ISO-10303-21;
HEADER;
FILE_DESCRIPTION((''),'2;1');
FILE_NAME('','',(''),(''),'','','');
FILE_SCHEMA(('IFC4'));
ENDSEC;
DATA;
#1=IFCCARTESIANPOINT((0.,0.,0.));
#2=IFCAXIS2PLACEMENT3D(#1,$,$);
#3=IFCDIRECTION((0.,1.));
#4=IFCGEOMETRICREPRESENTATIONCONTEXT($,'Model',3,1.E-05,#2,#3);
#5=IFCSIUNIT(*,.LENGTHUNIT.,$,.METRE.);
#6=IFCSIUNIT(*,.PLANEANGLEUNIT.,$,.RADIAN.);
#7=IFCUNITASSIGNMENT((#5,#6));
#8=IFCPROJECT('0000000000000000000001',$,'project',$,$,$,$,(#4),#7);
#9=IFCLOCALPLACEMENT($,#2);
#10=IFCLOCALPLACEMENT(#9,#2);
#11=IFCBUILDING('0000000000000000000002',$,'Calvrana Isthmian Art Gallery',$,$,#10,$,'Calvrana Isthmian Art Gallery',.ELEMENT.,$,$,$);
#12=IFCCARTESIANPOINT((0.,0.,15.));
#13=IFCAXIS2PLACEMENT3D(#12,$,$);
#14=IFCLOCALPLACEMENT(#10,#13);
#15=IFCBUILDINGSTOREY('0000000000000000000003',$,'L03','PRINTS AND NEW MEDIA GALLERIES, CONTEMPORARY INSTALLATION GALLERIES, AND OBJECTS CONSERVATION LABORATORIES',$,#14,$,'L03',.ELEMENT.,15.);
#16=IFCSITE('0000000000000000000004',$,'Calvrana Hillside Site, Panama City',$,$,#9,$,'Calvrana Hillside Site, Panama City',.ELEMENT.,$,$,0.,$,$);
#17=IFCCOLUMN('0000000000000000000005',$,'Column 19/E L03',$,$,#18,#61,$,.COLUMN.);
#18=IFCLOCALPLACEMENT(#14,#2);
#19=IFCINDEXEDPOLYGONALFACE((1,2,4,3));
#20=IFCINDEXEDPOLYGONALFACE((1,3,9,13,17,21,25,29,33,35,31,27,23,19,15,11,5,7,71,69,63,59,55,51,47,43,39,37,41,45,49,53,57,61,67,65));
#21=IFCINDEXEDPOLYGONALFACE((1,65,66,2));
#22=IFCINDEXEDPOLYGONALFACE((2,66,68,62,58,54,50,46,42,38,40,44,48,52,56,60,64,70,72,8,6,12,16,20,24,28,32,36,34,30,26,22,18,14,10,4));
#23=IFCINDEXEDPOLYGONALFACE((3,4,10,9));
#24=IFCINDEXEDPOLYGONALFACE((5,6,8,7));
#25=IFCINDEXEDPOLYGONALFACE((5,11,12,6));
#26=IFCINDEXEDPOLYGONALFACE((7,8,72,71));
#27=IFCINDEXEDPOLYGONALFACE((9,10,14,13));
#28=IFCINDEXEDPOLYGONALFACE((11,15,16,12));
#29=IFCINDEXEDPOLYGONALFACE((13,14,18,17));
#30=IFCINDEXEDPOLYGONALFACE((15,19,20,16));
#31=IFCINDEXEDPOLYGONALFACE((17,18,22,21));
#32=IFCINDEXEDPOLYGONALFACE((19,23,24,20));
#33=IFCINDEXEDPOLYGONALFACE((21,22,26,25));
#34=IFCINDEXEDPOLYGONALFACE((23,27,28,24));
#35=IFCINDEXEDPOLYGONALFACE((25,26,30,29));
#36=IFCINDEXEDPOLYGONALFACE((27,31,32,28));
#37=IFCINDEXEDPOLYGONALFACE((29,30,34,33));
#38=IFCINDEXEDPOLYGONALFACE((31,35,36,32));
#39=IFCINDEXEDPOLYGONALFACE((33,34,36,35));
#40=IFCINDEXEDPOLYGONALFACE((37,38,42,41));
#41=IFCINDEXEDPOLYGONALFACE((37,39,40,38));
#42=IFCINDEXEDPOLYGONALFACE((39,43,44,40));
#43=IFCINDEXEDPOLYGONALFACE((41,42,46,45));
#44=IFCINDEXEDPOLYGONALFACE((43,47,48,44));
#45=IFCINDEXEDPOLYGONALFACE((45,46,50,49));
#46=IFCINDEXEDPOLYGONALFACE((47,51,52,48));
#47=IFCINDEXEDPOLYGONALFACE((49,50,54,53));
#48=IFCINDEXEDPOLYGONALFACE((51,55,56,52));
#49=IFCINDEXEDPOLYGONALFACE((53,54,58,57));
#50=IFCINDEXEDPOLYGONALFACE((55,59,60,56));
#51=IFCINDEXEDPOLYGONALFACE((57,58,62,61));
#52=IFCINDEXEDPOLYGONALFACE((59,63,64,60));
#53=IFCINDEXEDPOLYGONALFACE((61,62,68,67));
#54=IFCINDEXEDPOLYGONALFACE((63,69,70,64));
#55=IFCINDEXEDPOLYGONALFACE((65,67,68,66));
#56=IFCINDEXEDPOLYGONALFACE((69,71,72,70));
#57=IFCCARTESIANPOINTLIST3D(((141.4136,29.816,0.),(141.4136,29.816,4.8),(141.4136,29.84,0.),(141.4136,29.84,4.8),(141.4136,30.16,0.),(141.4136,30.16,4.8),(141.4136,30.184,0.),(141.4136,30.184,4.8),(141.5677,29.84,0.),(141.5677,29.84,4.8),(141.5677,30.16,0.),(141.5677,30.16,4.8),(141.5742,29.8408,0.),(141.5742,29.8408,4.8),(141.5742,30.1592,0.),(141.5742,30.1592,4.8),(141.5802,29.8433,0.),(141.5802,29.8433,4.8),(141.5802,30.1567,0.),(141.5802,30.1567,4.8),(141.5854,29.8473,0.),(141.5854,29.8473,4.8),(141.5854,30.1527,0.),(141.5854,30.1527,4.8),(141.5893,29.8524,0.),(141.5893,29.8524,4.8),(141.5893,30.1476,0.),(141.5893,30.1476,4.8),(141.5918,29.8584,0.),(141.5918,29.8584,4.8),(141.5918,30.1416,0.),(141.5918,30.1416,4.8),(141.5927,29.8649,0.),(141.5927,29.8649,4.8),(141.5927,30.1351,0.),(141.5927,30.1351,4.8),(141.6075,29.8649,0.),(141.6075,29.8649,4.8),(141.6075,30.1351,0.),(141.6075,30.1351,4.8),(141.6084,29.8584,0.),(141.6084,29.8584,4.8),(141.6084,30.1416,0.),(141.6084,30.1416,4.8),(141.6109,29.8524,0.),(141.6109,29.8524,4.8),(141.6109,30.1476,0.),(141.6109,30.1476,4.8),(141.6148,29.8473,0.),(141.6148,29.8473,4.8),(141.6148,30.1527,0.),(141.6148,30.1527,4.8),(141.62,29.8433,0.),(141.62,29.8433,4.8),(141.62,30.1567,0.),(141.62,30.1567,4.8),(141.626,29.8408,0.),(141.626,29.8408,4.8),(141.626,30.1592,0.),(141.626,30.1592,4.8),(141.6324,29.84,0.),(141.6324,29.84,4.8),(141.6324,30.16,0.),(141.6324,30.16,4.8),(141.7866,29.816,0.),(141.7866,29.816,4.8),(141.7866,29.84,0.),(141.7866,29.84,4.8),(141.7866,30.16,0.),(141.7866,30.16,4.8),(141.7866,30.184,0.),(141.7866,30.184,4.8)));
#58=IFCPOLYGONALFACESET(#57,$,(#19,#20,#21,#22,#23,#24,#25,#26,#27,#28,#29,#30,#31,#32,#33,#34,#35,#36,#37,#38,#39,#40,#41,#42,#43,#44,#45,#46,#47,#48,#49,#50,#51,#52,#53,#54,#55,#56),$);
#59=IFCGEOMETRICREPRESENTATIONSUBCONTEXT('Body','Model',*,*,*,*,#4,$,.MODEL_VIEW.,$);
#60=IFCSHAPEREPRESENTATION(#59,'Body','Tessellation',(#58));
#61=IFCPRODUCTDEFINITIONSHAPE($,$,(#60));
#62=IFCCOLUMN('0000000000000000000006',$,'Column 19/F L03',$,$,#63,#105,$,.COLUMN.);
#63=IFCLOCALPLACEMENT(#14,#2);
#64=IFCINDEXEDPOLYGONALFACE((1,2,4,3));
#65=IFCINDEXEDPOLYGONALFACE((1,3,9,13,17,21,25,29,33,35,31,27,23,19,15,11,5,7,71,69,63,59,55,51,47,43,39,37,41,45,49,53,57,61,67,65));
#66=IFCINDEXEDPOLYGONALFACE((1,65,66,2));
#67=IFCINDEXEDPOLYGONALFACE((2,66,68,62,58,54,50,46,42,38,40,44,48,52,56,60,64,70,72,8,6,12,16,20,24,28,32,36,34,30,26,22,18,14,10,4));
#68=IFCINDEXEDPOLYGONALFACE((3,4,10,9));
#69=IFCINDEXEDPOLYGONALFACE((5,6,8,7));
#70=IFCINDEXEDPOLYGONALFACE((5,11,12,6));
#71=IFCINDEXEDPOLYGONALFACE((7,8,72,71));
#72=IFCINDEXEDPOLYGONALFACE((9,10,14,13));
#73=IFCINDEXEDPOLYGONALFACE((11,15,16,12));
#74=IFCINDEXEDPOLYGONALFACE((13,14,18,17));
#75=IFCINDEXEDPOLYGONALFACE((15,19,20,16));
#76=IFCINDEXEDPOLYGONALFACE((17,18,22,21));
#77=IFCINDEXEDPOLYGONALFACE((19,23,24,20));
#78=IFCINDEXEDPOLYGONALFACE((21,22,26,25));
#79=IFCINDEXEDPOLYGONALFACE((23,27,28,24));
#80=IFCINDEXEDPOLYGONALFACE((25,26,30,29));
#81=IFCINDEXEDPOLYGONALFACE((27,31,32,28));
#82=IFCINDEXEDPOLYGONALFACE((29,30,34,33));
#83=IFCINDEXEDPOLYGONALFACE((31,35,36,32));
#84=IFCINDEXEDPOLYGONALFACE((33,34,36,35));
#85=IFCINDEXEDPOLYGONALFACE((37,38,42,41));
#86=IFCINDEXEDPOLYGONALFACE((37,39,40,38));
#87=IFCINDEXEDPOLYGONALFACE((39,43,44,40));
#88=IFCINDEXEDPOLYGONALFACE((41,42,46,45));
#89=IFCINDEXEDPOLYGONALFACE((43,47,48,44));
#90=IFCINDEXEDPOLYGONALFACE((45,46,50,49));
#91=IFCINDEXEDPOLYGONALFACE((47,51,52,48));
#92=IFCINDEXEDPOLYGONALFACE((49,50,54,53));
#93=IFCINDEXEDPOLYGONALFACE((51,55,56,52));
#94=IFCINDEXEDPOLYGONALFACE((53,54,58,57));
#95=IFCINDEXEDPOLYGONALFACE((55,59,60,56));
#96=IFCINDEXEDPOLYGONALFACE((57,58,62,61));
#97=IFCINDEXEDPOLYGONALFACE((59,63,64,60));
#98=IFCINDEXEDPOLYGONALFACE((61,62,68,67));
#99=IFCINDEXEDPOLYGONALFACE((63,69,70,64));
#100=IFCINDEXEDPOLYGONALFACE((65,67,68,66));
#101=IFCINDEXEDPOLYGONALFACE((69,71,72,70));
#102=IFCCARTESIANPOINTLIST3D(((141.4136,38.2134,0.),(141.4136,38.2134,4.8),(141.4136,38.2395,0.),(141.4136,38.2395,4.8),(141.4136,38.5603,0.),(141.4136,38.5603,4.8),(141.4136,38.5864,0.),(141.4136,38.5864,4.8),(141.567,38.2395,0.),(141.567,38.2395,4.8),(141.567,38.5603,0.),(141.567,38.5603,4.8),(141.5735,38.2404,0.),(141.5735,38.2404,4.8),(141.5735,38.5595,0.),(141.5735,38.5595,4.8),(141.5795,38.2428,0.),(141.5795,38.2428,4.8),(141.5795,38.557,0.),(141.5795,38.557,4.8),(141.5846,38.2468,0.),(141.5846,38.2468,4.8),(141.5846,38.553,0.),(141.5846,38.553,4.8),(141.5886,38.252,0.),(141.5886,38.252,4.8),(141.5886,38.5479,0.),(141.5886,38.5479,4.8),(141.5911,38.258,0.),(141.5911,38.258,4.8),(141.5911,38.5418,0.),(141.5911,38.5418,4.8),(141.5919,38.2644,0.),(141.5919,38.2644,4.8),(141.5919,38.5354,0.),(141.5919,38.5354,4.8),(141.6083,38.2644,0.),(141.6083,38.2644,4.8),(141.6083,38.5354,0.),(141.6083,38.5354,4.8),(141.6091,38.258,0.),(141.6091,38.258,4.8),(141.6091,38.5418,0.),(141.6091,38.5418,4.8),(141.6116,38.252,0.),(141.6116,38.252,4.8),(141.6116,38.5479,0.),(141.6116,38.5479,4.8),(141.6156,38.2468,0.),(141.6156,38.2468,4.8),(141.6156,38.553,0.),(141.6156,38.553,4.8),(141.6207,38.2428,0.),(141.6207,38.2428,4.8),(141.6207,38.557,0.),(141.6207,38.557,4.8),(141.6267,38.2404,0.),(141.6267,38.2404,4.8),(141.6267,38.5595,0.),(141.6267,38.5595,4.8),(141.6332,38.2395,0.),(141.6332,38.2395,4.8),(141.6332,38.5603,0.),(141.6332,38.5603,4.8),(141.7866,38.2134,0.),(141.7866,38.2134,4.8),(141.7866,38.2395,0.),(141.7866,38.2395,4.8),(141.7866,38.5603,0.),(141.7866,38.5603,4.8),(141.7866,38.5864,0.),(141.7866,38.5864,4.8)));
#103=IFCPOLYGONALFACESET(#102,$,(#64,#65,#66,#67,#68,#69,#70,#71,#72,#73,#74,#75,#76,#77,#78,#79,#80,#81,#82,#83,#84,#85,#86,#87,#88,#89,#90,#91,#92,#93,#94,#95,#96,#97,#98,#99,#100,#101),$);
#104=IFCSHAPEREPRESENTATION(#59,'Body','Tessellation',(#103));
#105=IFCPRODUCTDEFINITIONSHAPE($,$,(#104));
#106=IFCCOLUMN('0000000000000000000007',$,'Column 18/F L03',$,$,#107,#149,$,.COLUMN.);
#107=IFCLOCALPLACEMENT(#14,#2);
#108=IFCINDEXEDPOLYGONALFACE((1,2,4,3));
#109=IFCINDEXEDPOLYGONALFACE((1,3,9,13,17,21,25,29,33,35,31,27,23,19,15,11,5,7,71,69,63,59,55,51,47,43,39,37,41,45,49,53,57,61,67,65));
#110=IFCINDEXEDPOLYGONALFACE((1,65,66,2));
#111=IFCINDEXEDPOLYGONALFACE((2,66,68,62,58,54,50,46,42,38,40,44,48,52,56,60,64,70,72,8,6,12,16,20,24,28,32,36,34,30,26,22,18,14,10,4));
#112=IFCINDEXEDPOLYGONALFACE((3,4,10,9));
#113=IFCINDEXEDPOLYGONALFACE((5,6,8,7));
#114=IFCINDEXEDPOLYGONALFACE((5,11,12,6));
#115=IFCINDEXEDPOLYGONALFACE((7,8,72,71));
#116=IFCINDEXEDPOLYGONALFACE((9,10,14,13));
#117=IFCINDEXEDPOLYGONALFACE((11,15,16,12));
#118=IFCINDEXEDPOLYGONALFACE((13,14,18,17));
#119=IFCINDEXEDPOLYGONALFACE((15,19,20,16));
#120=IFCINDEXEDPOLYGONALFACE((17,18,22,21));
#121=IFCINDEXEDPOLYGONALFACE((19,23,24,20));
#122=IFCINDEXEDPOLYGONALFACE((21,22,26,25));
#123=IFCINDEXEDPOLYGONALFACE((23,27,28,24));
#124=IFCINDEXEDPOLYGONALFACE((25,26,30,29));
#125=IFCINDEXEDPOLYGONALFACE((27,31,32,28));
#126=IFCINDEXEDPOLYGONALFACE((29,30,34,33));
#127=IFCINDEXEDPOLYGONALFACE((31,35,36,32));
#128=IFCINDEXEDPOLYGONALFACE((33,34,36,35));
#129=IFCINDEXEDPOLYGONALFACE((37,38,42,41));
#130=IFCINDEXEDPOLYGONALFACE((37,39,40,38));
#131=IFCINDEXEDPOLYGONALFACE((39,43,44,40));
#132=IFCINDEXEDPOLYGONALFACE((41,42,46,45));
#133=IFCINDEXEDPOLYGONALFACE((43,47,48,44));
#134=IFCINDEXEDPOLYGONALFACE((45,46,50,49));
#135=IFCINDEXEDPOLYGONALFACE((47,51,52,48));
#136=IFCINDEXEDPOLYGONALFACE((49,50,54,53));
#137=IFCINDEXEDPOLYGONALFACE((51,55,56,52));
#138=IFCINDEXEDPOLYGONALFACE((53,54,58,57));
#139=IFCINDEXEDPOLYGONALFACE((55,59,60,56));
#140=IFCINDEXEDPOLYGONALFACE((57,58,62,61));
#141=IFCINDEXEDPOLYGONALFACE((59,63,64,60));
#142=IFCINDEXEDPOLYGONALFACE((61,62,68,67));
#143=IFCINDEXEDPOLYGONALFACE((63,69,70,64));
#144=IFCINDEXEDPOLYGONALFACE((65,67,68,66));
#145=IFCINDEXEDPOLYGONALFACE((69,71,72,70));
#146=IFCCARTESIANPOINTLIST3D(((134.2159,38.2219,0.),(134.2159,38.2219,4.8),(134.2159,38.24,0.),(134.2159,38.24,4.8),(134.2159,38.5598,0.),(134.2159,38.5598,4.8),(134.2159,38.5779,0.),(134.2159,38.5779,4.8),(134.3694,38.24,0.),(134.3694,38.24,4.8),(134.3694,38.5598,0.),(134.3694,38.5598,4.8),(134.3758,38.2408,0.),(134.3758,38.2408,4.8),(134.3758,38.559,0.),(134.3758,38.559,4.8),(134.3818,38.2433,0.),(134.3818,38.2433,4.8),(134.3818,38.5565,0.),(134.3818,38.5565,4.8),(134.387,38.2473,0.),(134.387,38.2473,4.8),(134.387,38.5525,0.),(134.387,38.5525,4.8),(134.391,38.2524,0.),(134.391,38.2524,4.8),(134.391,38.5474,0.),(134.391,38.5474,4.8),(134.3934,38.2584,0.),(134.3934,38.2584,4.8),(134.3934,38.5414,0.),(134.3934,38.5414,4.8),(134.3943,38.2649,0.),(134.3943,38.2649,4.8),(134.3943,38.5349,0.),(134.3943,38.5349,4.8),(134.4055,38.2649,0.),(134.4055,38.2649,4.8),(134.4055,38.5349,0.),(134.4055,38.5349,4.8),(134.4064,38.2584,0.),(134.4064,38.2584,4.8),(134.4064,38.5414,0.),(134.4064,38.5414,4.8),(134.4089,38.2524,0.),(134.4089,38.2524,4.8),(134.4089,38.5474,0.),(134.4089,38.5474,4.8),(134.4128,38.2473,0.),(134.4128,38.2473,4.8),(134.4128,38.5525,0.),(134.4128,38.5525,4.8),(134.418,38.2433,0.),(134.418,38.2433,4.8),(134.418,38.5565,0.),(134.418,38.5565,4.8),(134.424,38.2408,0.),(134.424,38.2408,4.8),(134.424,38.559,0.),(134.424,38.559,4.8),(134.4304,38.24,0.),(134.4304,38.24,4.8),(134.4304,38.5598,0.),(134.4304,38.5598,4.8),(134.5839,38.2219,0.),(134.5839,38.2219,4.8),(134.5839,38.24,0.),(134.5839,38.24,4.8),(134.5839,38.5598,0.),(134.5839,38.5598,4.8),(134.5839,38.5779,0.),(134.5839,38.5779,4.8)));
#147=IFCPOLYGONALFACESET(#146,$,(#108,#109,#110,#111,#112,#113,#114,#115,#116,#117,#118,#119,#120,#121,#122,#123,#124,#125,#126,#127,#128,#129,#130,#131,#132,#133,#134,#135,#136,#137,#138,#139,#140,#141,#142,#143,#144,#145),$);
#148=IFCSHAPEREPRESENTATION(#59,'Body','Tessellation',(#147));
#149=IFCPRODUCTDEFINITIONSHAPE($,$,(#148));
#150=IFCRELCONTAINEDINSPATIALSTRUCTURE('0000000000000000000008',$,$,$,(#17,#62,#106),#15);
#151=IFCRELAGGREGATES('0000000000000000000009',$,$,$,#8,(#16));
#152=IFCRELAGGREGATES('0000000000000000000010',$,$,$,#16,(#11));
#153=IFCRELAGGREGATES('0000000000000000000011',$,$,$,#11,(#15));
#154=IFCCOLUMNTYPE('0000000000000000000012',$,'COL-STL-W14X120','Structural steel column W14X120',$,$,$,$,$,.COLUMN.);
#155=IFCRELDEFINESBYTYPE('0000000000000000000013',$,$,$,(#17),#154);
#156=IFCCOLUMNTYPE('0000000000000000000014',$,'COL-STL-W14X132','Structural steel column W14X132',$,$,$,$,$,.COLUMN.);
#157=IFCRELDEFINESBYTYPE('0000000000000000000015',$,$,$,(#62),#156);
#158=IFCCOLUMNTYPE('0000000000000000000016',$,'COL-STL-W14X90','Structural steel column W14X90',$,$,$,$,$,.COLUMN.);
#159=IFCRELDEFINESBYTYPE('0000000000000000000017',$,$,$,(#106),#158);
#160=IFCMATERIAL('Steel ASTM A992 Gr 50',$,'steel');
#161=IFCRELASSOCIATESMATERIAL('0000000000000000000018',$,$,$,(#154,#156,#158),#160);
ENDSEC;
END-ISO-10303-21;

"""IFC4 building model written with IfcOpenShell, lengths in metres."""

from ifc_helpers import new_model, si_unit, direction, frame, origin, origin_2d, place, context, subcontext, project, spatial, i_section, extrude, material, material_profile, profile_set, type_object, element, save


model = new_model("IFC4")

# Units and contexts
model_context = context("Model", 3, precision=1e-05, world=origin(), true_north=direction((0.0, 1.0)))
body_context = subcontext(model_context, "Body", "Model", "MODEL_VIEW")
ifc_project = project(units=[si_unit("LENGTHUNIT", "METRE"), si_unit("PLANEANGLEUNIT", "RADIAN")], contexts=[model_context])

# Site, building, storey
site_placement = place(None, origin())
site = spatial("IfcSite", under=ifc_project, at=site_placement, Name="Calvrana Hillside Site, Panama City", LongName="Calvrana Hillside Site, Panama City", CompositionType="ELEMENT", RefElevation=0.0)
building_placement = place(site_placement, origin())
building = spatial("IfcBuilding", under=site, at=building_placement, Name="Calvrana Isthmian Art Gallery", LongName="Calvrana Isthmian Art Gallery", CompositionType="ELEMENT")
storey_placement = place(building_placement, frame((0.0, 0.0, 15.0)))
storey = spatial("IfcBuildingStorey", under=building, at=storey_placement, Name="L03", Description="PRINTS AND NEW MEDIA GALLERIES, CONTEMPORARY INSTALLATION GALLERIES, AND OBJECTS CONSERVATION LABORATORIES", LongName="L03", CompositionType="ELEMENT", Elevation=15.0)

# Columns
ifc_material_1 = material(Name="Steel ASTM A992 Gr 50", Category="steel")
ifc_material_profile_1 = material_profile(ifc_material_1, i_section(OverallWidth=0.373, OverallDepth=0.3679, WebThickness=0.0149, FlangeThickness=0.0239, FilletRadius=0.0249, at=origin_2d()), Name="W14X120")
ifc_profile_set_1 = profile_set([ifc_material_profile_1], Name="Steel ASTM A992 Gr 50")
column_type_1 = type_object("IfcColumnType", Name="COL-STL-W14X120", Description="Structural steel column W14X120", PredefinedType="COLUMN", material=ifc_profile_set_1)
column_1_placement = place(storey_placement, frame((141.6001, 30.0, 0.0), z_axis=(0.0, 0.0, 1.0), x_axis=(1.0, 0.0, 0.0)))
element("IfcColumn", 1, at=column_1_placement, inside=storey, type_object=column_type_1, Name="Column 19/E L03", PredefinedType="COLUMN", context=body_context, shape_type="SweptSolid", body=[
    extrude(i_section(OverallWidth=0.373, OverallDepth=0.3679, WebThickness=0.0149, FlangeThickness=0.0239, FilletRadius=0.0249, at=origin_2d()), origin(), (0.0, 0.0, 1.0), 4.8),
])
ifc_material_profile_2 = material_profile(ifc_material_1, i_section(OverallWidth=0.373, OverallDepth=0.373, WebThickness=0.0164, FlangeThickness=0.0261, FilletRadius=0.0249, at=origin_2d()), Name="W14X132")
ifc_profile_set_2 = profile_set([ifc_material_profile_2], Name="Steel ASTM A992 Gr 50")
column_type_2 = type_object("IfcColumnType", Name="COL-STL-W14X132", Description="Structural steel column W14X132", PredefinedType="COLUMN", material=ifc_profile_set_2)
column_2_placement = place(storey_placement, frame((141.6001, 38.3999, 0.0), z_axis=(0.0, 0.0, 1.0), x_axis=(1.0, 0.0, 0.0)))
element("IfcColumn", 2, at=column_2_placement, inside=storey, type_object=column_type_2, Name="Column 19/F L03", PredefinedType="COLUMN", context=body_context, shape_type="SweptSolid", body=[
    extrude(i_section(OverallWidth=0.373, OverallDepth=0.373, WebThickness=0.0164, FlangeThickness=0.0261, FilletRadius=0.0249, at=origin_2d()), origin(), (0.0, 0.0, 1.0), 4.8),
])
ifc_material_profile_3 = material_profile(ifc_material_1, i_section(OverallWidth=0.3679, OverallDepth=0.356, WebThickness=0.0112, FlangeThickness=0.0181, FilletRadius=0.0249, at=origin_2d()), Name="W14X90")
ifc_profile_set_3 = profile_set([ifc_material_profile_3], Name="Steel ASTM A992 Gr 50")
column_type_3 = type_object("IfcColumnType", Name="COL-STL-W14X90", Description="Structural steel column W14X90", PredefinedType="COLUMN", material=ifc_profile_set_3)
column_3_placement = place(storey_placement, frame((134.3999, 38.3999, 0.0), z_axis=(0.0, 0.0, 1.0), x_axis=(1.0, 0.0, 0.0)))
element("IfcColumn", 3, at=column_3_placement, inside=storey, type_object=column_type_3, Name="Column 18/F L03", PredefinedType="COLUMN", context=body_context, shape_type="SweptSolid", body=[
    extrude(i_section(OverallWidth=0.3679, OverallDepth=0.356, WebThickness=0.0112, FlangeThickness=0.0181, FilletRadius=0.0249, at=origin_2d()), origin(), (0.0, 0.0, 1.0), 4.8),
])

save(model, "model.ifc")
